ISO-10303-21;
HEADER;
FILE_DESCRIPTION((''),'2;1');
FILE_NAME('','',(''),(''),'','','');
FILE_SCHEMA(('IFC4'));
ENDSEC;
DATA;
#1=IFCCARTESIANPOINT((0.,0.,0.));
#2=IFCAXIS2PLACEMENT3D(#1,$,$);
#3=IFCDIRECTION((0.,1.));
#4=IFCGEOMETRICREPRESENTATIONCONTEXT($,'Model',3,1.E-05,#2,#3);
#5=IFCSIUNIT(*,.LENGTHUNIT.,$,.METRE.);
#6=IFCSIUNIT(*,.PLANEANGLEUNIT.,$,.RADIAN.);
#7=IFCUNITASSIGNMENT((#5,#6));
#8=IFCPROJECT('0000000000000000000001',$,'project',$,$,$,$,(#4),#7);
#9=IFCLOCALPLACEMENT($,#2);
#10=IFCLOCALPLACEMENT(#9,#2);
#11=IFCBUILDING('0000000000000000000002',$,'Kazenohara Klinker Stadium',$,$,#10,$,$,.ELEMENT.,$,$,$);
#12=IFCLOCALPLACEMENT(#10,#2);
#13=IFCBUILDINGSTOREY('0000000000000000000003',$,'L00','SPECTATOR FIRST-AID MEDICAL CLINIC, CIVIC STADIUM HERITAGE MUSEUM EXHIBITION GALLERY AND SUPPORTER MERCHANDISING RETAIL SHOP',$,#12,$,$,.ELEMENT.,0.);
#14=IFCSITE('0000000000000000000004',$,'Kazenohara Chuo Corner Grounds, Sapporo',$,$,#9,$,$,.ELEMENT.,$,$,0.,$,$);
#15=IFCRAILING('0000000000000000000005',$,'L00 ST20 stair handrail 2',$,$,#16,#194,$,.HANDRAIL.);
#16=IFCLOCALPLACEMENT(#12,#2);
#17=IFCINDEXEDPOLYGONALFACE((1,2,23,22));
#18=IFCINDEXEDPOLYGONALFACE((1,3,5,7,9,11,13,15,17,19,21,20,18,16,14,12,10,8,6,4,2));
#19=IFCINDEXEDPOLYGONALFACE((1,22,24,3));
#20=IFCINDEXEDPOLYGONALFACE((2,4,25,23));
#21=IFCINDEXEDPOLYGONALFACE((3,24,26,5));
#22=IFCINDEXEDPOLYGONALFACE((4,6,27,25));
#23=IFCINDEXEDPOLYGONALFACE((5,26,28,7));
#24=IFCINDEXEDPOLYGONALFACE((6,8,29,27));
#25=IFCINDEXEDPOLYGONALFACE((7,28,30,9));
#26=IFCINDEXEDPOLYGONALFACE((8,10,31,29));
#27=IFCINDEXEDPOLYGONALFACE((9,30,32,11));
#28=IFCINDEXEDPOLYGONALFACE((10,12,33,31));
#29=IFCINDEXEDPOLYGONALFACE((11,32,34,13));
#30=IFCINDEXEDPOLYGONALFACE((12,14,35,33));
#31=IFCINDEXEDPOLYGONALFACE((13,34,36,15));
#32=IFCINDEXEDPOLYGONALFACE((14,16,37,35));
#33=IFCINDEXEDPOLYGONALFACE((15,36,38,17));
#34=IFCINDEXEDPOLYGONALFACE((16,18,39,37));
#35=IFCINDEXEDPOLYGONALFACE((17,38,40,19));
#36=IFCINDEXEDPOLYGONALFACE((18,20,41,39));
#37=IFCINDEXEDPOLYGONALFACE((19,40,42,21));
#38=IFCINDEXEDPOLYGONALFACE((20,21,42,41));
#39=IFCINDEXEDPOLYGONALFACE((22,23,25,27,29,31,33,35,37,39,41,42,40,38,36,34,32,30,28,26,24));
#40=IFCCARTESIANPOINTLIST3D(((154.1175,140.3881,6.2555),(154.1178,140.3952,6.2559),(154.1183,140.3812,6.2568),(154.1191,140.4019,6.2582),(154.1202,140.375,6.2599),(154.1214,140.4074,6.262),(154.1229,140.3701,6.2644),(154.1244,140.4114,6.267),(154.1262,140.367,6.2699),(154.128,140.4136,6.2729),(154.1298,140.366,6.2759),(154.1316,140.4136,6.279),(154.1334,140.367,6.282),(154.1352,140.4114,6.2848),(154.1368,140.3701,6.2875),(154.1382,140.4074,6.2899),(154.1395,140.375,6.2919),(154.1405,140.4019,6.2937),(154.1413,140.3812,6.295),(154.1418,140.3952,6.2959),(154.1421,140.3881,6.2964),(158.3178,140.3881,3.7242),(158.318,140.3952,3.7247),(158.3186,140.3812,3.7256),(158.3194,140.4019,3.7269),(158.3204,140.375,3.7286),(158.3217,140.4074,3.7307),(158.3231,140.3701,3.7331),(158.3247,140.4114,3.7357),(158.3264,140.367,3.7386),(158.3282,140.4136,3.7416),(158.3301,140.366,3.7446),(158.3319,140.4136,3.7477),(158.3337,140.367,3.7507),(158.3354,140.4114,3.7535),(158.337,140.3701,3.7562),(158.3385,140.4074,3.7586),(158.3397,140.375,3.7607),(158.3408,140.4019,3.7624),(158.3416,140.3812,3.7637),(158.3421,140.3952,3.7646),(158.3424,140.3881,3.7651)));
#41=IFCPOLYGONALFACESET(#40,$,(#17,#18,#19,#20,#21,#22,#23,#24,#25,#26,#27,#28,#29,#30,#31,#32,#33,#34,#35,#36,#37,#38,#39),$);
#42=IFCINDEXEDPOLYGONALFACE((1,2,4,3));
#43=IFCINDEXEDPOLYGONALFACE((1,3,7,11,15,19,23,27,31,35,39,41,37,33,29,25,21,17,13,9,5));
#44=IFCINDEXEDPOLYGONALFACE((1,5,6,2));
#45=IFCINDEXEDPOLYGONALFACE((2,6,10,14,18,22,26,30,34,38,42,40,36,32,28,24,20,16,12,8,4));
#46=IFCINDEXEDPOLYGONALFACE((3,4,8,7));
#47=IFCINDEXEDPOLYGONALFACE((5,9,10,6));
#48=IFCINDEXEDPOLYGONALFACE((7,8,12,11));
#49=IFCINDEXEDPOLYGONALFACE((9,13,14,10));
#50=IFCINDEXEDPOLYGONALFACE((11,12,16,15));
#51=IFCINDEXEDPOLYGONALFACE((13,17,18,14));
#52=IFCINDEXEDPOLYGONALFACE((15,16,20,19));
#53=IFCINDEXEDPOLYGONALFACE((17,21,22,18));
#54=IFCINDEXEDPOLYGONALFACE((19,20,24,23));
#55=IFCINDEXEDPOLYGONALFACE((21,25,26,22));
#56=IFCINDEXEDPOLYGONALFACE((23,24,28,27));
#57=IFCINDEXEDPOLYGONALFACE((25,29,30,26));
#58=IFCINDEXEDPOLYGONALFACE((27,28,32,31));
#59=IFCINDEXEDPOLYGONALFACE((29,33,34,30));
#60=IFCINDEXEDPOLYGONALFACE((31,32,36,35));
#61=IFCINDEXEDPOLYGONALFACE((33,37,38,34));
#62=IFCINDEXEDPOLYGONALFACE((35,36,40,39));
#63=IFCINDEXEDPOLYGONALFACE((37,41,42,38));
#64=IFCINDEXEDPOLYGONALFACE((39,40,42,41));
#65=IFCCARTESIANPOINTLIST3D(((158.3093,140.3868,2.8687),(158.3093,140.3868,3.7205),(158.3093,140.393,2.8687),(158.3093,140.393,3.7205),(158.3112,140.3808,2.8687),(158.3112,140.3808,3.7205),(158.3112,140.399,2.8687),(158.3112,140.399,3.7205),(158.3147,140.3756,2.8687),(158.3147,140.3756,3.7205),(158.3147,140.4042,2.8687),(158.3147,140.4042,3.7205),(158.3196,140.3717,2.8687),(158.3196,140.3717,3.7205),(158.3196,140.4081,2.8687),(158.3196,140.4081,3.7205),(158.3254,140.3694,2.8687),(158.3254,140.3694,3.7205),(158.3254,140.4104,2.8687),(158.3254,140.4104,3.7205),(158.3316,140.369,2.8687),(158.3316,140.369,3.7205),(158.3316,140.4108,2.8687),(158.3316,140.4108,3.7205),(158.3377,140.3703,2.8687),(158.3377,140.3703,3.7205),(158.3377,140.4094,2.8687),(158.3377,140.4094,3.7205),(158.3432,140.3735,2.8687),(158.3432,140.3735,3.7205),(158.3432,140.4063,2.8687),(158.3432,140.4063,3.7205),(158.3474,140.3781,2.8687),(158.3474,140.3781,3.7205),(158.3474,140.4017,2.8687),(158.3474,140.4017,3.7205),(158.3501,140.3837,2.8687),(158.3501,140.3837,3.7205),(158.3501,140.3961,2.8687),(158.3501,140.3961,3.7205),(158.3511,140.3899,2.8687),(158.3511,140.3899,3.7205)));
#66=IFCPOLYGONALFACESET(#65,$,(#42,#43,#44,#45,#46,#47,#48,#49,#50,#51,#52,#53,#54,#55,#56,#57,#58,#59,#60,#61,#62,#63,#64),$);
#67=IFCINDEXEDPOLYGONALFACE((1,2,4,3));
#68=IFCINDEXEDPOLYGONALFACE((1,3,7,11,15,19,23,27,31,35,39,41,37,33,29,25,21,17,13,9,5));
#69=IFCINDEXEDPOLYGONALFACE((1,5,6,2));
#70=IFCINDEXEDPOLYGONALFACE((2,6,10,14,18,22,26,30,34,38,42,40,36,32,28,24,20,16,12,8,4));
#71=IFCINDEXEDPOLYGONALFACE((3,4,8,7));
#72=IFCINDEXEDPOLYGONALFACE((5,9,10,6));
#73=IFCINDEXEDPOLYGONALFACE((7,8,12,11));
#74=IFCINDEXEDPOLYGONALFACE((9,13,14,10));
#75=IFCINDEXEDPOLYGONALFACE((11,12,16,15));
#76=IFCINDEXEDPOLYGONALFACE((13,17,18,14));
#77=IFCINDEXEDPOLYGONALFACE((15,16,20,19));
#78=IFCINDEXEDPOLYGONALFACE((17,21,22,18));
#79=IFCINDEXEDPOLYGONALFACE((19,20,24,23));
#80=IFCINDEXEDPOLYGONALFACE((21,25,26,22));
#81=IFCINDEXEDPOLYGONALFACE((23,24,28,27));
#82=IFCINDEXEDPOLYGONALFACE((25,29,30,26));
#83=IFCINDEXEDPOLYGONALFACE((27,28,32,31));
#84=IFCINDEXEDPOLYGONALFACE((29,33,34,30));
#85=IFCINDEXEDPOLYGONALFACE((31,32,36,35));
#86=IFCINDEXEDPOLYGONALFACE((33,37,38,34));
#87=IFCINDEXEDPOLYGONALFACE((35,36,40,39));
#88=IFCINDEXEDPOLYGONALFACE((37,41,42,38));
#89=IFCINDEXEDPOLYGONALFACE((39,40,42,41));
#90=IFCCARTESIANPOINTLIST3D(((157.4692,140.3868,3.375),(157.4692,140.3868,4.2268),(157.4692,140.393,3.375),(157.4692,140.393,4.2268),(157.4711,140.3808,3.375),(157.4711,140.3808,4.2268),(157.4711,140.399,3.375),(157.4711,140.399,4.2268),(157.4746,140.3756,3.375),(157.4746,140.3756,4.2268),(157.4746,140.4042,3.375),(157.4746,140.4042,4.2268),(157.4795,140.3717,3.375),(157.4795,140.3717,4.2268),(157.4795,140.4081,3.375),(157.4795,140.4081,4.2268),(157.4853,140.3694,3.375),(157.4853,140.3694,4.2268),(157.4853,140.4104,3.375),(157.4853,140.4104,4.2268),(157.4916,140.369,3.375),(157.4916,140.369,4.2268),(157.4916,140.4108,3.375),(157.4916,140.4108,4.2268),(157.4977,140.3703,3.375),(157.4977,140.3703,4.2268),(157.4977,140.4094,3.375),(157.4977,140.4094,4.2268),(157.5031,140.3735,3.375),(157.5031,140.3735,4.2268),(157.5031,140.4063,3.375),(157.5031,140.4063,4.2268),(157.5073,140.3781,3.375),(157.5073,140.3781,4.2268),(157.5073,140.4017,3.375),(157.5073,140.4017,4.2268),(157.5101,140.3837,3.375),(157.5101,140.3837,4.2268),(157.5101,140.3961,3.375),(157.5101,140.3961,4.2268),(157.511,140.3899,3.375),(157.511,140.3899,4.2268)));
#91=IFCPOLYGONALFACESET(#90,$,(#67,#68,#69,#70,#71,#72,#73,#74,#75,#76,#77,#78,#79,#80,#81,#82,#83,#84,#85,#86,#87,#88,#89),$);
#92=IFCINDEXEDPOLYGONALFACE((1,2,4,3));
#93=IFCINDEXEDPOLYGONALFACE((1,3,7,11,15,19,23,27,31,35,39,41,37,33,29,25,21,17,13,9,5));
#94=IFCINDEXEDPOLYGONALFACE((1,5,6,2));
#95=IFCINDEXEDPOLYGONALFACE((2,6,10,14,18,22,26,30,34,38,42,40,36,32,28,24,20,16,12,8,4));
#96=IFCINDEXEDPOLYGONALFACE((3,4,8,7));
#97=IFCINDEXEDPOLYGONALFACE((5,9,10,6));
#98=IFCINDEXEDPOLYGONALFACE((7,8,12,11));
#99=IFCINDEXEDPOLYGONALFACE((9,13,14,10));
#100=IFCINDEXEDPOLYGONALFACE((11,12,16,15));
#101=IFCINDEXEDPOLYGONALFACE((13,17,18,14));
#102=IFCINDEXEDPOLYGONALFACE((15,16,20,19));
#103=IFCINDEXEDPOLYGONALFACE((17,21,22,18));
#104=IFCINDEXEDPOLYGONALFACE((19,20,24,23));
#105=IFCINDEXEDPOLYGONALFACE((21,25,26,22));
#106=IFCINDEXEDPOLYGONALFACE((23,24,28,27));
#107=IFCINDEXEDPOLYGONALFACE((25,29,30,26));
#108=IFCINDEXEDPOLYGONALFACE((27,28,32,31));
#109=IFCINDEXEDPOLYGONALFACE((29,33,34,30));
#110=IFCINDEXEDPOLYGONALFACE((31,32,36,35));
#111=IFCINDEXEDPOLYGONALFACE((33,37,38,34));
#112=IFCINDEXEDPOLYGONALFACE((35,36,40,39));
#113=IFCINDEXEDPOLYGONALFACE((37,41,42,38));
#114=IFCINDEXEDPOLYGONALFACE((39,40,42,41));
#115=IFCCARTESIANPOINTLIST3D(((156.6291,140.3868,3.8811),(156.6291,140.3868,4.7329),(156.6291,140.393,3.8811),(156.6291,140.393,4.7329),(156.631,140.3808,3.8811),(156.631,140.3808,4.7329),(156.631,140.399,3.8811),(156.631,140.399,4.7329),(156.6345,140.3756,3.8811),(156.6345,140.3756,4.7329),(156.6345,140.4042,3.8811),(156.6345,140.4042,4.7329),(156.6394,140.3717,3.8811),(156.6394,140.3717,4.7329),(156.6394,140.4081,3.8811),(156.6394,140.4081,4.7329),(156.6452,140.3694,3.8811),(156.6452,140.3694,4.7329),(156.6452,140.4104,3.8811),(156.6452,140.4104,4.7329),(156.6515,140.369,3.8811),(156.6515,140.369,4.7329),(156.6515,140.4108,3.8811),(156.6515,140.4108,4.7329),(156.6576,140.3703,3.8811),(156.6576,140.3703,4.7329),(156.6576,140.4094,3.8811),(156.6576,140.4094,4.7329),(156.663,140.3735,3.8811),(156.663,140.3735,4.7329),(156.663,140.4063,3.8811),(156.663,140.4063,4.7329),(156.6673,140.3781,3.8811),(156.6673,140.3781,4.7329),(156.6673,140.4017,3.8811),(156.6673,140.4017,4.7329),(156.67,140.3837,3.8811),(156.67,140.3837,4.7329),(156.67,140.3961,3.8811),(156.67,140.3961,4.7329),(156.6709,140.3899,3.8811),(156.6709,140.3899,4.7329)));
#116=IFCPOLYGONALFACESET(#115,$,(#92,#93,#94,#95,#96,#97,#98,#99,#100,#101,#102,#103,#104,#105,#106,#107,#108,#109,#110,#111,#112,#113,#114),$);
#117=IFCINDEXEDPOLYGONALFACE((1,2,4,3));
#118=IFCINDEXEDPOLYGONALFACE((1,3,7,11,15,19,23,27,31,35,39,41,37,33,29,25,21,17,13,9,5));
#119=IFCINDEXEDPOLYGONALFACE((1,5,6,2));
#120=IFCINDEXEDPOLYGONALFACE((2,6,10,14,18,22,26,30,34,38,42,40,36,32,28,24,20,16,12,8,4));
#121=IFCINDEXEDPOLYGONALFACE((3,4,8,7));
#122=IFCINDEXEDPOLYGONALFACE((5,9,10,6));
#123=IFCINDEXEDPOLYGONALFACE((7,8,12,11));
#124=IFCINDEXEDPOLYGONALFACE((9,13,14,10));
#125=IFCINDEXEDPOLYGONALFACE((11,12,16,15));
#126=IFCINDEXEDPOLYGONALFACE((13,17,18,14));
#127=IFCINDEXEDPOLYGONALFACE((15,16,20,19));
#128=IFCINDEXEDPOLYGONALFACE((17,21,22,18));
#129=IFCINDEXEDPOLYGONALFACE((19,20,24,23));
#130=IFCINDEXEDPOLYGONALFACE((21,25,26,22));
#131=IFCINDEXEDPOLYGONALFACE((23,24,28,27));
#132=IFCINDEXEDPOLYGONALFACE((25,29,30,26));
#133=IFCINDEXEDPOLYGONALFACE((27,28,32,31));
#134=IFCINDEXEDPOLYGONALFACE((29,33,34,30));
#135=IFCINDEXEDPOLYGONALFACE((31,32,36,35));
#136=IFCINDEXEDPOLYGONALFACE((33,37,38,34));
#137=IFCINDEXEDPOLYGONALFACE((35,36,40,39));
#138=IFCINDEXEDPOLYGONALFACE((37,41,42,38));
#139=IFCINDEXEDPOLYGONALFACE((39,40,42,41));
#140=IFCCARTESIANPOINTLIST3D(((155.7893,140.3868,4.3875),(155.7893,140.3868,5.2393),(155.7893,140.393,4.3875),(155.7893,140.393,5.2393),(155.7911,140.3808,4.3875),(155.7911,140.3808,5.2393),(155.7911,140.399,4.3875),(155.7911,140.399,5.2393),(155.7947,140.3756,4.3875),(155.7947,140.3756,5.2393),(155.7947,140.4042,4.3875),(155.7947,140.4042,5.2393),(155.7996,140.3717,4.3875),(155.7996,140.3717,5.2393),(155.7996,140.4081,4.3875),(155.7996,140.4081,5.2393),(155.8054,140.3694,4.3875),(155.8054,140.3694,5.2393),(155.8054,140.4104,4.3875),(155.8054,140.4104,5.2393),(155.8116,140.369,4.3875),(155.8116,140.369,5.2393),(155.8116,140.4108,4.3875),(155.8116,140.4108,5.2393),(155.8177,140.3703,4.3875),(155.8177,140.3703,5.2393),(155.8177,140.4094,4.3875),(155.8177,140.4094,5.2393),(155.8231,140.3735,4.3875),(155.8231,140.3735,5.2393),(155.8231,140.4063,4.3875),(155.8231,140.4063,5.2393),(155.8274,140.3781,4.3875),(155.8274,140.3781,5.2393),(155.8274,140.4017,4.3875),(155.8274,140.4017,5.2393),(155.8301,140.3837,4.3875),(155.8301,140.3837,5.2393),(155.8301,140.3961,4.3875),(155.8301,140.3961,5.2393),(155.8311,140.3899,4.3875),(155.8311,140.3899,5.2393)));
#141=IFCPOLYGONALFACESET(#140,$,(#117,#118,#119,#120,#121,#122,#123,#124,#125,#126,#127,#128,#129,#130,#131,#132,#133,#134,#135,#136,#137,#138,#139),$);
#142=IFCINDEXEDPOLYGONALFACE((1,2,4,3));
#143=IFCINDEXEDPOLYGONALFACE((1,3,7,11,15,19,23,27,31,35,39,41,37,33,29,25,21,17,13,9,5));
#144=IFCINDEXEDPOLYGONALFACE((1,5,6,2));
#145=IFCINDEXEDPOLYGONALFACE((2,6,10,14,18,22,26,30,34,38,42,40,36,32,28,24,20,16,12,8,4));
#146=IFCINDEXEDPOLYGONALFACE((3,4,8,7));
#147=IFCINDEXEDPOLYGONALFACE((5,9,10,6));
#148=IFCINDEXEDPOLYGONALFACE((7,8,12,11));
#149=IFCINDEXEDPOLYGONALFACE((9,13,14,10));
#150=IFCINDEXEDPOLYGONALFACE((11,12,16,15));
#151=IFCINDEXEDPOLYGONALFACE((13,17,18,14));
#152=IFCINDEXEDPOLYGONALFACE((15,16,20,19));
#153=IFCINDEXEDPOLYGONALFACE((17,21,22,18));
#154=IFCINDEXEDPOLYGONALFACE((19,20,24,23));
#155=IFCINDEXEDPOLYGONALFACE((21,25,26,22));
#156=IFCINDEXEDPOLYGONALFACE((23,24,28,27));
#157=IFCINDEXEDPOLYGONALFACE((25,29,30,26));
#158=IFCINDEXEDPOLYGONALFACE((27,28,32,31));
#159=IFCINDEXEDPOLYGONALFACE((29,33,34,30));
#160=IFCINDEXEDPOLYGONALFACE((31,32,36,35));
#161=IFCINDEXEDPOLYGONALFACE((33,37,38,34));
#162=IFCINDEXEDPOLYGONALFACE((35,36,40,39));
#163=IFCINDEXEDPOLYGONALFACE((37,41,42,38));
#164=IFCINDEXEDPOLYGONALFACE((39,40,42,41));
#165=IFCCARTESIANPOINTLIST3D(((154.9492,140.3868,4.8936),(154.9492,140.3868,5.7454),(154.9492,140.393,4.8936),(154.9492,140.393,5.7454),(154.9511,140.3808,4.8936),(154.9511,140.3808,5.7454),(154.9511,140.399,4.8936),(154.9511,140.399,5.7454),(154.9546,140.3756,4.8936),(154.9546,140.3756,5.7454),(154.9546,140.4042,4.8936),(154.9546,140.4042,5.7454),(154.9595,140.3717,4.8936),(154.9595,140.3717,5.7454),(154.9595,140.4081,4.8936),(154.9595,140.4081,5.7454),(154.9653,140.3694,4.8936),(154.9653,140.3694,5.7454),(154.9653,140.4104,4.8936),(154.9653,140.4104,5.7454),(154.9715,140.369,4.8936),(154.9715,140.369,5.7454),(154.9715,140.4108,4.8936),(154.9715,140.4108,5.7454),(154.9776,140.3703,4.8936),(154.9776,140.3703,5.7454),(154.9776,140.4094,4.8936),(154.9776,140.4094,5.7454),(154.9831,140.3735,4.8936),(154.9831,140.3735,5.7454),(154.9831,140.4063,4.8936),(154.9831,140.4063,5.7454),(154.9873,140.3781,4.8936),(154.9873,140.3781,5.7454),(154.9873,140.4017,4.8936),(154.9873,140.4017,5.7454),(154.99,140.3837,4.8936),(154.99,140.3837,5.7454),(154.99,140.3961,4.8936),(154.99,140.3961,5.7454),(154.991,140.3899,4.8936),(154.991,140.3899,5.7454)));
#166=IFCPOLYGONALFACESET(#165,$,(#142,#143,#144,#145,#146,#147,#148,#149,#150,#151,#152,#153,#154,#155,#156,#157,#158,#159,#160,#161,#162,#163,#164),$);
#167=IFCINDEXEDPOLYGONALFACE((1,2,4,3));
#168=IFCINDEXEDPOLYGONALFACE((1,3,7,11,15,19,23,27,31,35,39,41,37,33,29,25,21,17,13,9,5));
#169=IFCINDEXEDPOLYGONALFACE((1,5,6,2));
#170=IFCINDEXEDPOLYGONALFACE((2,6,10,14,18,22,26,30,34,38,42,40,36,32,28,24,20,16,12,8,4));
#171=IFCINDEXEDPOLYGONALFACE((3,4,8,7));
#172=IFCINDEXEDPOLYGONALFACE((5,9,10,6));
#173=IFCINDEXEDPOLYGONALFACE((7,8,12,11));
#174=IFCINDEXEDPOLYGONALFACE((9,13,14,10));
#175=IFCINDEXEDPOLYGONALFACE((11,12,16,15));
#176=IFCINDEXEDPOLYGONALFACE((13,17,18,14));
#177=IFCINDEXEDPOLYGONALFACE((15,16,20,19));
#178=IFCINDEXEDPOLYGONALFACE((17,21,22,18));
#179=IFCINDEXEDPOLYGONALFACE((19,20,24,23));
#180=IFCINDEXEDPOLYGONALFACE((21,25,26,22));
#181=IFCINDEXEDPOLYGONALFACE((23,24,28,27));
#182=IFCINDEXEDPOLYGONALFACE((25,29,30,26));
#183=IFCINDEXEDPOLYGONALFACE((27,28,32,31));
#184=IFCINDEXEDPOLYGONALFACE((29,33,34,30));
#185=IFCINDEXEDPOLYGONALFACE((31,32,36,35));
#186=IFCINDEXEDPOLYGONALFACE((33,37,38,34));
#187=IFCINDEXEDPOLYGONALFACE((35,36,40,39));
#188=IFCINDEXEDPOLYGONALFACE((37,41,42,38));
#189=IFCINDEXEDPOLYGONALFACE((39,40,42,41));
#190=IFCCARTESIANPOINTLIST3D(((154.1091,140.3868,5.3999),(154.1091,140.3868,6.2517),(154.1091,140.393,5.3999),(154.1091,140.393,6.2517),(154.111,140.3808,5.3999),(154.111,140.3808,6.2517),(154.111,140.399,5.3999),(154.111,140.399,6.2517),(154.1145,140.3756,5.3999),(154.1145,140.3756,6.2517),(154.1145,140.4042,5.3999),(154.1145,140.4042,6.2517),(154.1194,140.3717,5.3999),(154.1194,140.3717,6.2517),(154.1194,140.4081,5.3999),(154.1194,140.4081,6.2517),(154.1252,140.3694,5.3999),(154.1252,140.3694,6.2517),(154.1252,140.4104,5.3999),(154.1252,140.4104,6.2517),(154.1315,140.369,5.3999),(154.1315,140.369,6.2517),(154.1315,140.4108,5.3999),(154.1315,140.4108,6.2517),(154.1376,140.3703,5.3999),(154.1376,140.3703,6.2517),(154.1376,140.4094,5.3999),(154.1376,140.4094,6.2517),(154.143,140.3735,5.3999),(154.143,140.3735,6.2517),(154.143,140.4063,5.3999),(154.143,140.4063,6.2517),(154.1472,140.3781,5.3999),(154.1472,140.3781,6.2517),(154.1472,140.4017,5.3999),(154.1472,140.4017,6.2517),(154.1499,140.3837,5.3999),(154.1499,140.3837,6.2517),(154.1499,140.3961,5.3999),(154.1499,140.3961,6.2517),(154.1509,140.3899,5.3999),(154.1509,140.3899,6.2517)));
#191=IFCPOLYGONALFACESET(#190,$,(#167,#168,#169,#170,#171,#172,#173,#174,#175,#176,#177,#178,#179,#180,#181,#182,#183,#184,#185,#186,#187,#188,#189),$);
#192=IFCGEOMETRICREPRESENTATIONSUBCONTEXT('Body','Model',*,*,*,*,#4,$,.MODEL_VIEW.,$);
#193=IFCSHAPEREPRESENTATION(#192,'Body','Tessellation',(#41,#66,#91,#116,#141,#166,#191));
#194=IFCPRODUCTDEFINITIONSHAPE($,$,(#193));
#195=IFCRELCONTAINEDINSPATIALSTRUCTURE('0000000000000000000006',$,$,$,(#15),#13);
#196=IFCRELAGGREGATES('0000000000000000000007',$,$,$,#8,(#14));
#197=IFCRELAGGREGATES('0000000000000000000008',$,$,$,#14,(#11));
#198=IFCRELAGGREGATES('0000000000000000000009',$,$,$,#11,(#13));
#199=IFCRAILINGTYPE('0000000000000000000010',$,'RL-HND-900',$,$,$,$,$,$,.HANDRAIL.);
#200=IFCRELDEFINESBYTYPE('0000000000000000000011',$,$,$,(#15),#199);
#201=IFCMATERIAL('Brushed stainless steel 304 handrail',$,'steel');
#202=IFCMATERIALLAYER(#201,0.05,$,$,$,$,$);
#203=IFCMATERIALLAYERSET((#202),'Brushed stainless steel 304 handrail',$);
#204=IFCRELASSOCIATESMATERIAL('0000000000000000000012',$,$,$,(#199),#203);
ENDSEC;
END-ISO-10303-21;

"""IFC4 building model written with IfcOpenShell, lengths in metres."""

from ifc_helpers import new_model, si_unit, direction, frame, origin, origin_2d, place, context, subcontext, project, spatial, circle, extrude, material, layer, layer_set, type_object, element, save


model = new_model("IFC4")

# Units and contexts
model_context = context("Model", 3, precision=1e-05, world=origin(), true_north=direction((0.0, 1.0)))
body_context = subcontext(model_context, "Body", "Model", "MODEL_VIEW")
ifc_project = project(units=[si_unit("LENGTHUNIT", "METRE"), si_unit("PLANEANGLEUNIT", "RADIAN")], contexts=[model_context])

# Site, building, storey
site_placement = place(None, origin())
site = spatial("IfcSite", under=ifc_project, at=site_placement, Name="Kazenohara Chuo Corner Grounds, Sapporo", CompositionType="ELEMENT", RefElevation=0.0)
building_placement = place(site_placement, origin())
building = spatial("IfcBuilding", under=site, at=building_placement, Name="Kazenohara Klinker Stadium", CompositionType="ELEMENT")
storey_placement = place(building_placement, origin())
storey = spatial("IfcBuildingStorey", under=building, at=storey_placement, Name="L00", Description="SPECTATOR FIRST-AID MEDICAL CLINIC, CIVIC STADIUM HERITAGE MUSEUM EXHIBITION GALLERY AND SUPPORTER MERCHANDISING RETAIL SHOP", CompositionType="ELEMENT", Elevation=0.0)

# Railing
ifc_material_1 = material(Name="Brushed stainless steel 304 handrail", Category="steel")
ifc_layer_1 = layer(ifc_material_1, 0.05)
ifc_layer_set_1 = layer_set([ifc_layer_1], Name="Brushed stainless steel 304 handrail")
railing_type_1 = type_object("IfcRailingType", Name="RL-HND-900", PredefinedType="HANDRAIL", material=ifc_layer_set_1)
railing_1_placement = place(storey_placement, frame((158.3301, 140.3899, 2.8687)))
element("IfcRailing", 1, at=railing_1_placement, inside=storey, type_object=railing_type_1, Name="L00 ST20 stair handrail 2", PredefinedType="HANDRAIL", context=body_context, shape_type="SweptSolid", body=[
    extrude(circle(Radius=0.0239, at=origin_2d()), frame((0.0, 0.0, 0.876), z_axis=(-0.85649, 0.0, 0.516164), x_axis=(0.0, -1.0, 0.0)), (0.0, 0.0, 1.0), 4.9041),
    extrude(circle(Radius=0.021, at=origin_2d()), origin(), (0.0, 0.0, 1.0), 0.8518),
    extrude(circle(Radius=0.021, at=origin_2d()), frame((-0.8401, 0.0, 0.5063)), (0.0, 0.0, 1.0), 0.8518),
    extrude(circle(Radius=0.021, at=origin_2d()), frame((-1.6802, 0.0, 1.0125)), (0.0, 0.0, 1.0), 0.8518),
    extrude(circle(Radius=0.021, at=origin_2d()), frame((-2.52, 0.0, 1.5188)), (0.0, 0.0, 1.0), 0.8518),
    extrude(circle(Radius=0.021, at=origin_2d()), frame((-3.3601, 0.0, 2.0249)), (0.0, 0.0, 1.0), 0.8518),
    extrude(circle(Radius=0.021, at=origin_2d()), frame((-4.2002, 0.0, 2.5312)), (0.0, 0.0, 1.0), 0.8518),
])

save(model, "model.ifc")
